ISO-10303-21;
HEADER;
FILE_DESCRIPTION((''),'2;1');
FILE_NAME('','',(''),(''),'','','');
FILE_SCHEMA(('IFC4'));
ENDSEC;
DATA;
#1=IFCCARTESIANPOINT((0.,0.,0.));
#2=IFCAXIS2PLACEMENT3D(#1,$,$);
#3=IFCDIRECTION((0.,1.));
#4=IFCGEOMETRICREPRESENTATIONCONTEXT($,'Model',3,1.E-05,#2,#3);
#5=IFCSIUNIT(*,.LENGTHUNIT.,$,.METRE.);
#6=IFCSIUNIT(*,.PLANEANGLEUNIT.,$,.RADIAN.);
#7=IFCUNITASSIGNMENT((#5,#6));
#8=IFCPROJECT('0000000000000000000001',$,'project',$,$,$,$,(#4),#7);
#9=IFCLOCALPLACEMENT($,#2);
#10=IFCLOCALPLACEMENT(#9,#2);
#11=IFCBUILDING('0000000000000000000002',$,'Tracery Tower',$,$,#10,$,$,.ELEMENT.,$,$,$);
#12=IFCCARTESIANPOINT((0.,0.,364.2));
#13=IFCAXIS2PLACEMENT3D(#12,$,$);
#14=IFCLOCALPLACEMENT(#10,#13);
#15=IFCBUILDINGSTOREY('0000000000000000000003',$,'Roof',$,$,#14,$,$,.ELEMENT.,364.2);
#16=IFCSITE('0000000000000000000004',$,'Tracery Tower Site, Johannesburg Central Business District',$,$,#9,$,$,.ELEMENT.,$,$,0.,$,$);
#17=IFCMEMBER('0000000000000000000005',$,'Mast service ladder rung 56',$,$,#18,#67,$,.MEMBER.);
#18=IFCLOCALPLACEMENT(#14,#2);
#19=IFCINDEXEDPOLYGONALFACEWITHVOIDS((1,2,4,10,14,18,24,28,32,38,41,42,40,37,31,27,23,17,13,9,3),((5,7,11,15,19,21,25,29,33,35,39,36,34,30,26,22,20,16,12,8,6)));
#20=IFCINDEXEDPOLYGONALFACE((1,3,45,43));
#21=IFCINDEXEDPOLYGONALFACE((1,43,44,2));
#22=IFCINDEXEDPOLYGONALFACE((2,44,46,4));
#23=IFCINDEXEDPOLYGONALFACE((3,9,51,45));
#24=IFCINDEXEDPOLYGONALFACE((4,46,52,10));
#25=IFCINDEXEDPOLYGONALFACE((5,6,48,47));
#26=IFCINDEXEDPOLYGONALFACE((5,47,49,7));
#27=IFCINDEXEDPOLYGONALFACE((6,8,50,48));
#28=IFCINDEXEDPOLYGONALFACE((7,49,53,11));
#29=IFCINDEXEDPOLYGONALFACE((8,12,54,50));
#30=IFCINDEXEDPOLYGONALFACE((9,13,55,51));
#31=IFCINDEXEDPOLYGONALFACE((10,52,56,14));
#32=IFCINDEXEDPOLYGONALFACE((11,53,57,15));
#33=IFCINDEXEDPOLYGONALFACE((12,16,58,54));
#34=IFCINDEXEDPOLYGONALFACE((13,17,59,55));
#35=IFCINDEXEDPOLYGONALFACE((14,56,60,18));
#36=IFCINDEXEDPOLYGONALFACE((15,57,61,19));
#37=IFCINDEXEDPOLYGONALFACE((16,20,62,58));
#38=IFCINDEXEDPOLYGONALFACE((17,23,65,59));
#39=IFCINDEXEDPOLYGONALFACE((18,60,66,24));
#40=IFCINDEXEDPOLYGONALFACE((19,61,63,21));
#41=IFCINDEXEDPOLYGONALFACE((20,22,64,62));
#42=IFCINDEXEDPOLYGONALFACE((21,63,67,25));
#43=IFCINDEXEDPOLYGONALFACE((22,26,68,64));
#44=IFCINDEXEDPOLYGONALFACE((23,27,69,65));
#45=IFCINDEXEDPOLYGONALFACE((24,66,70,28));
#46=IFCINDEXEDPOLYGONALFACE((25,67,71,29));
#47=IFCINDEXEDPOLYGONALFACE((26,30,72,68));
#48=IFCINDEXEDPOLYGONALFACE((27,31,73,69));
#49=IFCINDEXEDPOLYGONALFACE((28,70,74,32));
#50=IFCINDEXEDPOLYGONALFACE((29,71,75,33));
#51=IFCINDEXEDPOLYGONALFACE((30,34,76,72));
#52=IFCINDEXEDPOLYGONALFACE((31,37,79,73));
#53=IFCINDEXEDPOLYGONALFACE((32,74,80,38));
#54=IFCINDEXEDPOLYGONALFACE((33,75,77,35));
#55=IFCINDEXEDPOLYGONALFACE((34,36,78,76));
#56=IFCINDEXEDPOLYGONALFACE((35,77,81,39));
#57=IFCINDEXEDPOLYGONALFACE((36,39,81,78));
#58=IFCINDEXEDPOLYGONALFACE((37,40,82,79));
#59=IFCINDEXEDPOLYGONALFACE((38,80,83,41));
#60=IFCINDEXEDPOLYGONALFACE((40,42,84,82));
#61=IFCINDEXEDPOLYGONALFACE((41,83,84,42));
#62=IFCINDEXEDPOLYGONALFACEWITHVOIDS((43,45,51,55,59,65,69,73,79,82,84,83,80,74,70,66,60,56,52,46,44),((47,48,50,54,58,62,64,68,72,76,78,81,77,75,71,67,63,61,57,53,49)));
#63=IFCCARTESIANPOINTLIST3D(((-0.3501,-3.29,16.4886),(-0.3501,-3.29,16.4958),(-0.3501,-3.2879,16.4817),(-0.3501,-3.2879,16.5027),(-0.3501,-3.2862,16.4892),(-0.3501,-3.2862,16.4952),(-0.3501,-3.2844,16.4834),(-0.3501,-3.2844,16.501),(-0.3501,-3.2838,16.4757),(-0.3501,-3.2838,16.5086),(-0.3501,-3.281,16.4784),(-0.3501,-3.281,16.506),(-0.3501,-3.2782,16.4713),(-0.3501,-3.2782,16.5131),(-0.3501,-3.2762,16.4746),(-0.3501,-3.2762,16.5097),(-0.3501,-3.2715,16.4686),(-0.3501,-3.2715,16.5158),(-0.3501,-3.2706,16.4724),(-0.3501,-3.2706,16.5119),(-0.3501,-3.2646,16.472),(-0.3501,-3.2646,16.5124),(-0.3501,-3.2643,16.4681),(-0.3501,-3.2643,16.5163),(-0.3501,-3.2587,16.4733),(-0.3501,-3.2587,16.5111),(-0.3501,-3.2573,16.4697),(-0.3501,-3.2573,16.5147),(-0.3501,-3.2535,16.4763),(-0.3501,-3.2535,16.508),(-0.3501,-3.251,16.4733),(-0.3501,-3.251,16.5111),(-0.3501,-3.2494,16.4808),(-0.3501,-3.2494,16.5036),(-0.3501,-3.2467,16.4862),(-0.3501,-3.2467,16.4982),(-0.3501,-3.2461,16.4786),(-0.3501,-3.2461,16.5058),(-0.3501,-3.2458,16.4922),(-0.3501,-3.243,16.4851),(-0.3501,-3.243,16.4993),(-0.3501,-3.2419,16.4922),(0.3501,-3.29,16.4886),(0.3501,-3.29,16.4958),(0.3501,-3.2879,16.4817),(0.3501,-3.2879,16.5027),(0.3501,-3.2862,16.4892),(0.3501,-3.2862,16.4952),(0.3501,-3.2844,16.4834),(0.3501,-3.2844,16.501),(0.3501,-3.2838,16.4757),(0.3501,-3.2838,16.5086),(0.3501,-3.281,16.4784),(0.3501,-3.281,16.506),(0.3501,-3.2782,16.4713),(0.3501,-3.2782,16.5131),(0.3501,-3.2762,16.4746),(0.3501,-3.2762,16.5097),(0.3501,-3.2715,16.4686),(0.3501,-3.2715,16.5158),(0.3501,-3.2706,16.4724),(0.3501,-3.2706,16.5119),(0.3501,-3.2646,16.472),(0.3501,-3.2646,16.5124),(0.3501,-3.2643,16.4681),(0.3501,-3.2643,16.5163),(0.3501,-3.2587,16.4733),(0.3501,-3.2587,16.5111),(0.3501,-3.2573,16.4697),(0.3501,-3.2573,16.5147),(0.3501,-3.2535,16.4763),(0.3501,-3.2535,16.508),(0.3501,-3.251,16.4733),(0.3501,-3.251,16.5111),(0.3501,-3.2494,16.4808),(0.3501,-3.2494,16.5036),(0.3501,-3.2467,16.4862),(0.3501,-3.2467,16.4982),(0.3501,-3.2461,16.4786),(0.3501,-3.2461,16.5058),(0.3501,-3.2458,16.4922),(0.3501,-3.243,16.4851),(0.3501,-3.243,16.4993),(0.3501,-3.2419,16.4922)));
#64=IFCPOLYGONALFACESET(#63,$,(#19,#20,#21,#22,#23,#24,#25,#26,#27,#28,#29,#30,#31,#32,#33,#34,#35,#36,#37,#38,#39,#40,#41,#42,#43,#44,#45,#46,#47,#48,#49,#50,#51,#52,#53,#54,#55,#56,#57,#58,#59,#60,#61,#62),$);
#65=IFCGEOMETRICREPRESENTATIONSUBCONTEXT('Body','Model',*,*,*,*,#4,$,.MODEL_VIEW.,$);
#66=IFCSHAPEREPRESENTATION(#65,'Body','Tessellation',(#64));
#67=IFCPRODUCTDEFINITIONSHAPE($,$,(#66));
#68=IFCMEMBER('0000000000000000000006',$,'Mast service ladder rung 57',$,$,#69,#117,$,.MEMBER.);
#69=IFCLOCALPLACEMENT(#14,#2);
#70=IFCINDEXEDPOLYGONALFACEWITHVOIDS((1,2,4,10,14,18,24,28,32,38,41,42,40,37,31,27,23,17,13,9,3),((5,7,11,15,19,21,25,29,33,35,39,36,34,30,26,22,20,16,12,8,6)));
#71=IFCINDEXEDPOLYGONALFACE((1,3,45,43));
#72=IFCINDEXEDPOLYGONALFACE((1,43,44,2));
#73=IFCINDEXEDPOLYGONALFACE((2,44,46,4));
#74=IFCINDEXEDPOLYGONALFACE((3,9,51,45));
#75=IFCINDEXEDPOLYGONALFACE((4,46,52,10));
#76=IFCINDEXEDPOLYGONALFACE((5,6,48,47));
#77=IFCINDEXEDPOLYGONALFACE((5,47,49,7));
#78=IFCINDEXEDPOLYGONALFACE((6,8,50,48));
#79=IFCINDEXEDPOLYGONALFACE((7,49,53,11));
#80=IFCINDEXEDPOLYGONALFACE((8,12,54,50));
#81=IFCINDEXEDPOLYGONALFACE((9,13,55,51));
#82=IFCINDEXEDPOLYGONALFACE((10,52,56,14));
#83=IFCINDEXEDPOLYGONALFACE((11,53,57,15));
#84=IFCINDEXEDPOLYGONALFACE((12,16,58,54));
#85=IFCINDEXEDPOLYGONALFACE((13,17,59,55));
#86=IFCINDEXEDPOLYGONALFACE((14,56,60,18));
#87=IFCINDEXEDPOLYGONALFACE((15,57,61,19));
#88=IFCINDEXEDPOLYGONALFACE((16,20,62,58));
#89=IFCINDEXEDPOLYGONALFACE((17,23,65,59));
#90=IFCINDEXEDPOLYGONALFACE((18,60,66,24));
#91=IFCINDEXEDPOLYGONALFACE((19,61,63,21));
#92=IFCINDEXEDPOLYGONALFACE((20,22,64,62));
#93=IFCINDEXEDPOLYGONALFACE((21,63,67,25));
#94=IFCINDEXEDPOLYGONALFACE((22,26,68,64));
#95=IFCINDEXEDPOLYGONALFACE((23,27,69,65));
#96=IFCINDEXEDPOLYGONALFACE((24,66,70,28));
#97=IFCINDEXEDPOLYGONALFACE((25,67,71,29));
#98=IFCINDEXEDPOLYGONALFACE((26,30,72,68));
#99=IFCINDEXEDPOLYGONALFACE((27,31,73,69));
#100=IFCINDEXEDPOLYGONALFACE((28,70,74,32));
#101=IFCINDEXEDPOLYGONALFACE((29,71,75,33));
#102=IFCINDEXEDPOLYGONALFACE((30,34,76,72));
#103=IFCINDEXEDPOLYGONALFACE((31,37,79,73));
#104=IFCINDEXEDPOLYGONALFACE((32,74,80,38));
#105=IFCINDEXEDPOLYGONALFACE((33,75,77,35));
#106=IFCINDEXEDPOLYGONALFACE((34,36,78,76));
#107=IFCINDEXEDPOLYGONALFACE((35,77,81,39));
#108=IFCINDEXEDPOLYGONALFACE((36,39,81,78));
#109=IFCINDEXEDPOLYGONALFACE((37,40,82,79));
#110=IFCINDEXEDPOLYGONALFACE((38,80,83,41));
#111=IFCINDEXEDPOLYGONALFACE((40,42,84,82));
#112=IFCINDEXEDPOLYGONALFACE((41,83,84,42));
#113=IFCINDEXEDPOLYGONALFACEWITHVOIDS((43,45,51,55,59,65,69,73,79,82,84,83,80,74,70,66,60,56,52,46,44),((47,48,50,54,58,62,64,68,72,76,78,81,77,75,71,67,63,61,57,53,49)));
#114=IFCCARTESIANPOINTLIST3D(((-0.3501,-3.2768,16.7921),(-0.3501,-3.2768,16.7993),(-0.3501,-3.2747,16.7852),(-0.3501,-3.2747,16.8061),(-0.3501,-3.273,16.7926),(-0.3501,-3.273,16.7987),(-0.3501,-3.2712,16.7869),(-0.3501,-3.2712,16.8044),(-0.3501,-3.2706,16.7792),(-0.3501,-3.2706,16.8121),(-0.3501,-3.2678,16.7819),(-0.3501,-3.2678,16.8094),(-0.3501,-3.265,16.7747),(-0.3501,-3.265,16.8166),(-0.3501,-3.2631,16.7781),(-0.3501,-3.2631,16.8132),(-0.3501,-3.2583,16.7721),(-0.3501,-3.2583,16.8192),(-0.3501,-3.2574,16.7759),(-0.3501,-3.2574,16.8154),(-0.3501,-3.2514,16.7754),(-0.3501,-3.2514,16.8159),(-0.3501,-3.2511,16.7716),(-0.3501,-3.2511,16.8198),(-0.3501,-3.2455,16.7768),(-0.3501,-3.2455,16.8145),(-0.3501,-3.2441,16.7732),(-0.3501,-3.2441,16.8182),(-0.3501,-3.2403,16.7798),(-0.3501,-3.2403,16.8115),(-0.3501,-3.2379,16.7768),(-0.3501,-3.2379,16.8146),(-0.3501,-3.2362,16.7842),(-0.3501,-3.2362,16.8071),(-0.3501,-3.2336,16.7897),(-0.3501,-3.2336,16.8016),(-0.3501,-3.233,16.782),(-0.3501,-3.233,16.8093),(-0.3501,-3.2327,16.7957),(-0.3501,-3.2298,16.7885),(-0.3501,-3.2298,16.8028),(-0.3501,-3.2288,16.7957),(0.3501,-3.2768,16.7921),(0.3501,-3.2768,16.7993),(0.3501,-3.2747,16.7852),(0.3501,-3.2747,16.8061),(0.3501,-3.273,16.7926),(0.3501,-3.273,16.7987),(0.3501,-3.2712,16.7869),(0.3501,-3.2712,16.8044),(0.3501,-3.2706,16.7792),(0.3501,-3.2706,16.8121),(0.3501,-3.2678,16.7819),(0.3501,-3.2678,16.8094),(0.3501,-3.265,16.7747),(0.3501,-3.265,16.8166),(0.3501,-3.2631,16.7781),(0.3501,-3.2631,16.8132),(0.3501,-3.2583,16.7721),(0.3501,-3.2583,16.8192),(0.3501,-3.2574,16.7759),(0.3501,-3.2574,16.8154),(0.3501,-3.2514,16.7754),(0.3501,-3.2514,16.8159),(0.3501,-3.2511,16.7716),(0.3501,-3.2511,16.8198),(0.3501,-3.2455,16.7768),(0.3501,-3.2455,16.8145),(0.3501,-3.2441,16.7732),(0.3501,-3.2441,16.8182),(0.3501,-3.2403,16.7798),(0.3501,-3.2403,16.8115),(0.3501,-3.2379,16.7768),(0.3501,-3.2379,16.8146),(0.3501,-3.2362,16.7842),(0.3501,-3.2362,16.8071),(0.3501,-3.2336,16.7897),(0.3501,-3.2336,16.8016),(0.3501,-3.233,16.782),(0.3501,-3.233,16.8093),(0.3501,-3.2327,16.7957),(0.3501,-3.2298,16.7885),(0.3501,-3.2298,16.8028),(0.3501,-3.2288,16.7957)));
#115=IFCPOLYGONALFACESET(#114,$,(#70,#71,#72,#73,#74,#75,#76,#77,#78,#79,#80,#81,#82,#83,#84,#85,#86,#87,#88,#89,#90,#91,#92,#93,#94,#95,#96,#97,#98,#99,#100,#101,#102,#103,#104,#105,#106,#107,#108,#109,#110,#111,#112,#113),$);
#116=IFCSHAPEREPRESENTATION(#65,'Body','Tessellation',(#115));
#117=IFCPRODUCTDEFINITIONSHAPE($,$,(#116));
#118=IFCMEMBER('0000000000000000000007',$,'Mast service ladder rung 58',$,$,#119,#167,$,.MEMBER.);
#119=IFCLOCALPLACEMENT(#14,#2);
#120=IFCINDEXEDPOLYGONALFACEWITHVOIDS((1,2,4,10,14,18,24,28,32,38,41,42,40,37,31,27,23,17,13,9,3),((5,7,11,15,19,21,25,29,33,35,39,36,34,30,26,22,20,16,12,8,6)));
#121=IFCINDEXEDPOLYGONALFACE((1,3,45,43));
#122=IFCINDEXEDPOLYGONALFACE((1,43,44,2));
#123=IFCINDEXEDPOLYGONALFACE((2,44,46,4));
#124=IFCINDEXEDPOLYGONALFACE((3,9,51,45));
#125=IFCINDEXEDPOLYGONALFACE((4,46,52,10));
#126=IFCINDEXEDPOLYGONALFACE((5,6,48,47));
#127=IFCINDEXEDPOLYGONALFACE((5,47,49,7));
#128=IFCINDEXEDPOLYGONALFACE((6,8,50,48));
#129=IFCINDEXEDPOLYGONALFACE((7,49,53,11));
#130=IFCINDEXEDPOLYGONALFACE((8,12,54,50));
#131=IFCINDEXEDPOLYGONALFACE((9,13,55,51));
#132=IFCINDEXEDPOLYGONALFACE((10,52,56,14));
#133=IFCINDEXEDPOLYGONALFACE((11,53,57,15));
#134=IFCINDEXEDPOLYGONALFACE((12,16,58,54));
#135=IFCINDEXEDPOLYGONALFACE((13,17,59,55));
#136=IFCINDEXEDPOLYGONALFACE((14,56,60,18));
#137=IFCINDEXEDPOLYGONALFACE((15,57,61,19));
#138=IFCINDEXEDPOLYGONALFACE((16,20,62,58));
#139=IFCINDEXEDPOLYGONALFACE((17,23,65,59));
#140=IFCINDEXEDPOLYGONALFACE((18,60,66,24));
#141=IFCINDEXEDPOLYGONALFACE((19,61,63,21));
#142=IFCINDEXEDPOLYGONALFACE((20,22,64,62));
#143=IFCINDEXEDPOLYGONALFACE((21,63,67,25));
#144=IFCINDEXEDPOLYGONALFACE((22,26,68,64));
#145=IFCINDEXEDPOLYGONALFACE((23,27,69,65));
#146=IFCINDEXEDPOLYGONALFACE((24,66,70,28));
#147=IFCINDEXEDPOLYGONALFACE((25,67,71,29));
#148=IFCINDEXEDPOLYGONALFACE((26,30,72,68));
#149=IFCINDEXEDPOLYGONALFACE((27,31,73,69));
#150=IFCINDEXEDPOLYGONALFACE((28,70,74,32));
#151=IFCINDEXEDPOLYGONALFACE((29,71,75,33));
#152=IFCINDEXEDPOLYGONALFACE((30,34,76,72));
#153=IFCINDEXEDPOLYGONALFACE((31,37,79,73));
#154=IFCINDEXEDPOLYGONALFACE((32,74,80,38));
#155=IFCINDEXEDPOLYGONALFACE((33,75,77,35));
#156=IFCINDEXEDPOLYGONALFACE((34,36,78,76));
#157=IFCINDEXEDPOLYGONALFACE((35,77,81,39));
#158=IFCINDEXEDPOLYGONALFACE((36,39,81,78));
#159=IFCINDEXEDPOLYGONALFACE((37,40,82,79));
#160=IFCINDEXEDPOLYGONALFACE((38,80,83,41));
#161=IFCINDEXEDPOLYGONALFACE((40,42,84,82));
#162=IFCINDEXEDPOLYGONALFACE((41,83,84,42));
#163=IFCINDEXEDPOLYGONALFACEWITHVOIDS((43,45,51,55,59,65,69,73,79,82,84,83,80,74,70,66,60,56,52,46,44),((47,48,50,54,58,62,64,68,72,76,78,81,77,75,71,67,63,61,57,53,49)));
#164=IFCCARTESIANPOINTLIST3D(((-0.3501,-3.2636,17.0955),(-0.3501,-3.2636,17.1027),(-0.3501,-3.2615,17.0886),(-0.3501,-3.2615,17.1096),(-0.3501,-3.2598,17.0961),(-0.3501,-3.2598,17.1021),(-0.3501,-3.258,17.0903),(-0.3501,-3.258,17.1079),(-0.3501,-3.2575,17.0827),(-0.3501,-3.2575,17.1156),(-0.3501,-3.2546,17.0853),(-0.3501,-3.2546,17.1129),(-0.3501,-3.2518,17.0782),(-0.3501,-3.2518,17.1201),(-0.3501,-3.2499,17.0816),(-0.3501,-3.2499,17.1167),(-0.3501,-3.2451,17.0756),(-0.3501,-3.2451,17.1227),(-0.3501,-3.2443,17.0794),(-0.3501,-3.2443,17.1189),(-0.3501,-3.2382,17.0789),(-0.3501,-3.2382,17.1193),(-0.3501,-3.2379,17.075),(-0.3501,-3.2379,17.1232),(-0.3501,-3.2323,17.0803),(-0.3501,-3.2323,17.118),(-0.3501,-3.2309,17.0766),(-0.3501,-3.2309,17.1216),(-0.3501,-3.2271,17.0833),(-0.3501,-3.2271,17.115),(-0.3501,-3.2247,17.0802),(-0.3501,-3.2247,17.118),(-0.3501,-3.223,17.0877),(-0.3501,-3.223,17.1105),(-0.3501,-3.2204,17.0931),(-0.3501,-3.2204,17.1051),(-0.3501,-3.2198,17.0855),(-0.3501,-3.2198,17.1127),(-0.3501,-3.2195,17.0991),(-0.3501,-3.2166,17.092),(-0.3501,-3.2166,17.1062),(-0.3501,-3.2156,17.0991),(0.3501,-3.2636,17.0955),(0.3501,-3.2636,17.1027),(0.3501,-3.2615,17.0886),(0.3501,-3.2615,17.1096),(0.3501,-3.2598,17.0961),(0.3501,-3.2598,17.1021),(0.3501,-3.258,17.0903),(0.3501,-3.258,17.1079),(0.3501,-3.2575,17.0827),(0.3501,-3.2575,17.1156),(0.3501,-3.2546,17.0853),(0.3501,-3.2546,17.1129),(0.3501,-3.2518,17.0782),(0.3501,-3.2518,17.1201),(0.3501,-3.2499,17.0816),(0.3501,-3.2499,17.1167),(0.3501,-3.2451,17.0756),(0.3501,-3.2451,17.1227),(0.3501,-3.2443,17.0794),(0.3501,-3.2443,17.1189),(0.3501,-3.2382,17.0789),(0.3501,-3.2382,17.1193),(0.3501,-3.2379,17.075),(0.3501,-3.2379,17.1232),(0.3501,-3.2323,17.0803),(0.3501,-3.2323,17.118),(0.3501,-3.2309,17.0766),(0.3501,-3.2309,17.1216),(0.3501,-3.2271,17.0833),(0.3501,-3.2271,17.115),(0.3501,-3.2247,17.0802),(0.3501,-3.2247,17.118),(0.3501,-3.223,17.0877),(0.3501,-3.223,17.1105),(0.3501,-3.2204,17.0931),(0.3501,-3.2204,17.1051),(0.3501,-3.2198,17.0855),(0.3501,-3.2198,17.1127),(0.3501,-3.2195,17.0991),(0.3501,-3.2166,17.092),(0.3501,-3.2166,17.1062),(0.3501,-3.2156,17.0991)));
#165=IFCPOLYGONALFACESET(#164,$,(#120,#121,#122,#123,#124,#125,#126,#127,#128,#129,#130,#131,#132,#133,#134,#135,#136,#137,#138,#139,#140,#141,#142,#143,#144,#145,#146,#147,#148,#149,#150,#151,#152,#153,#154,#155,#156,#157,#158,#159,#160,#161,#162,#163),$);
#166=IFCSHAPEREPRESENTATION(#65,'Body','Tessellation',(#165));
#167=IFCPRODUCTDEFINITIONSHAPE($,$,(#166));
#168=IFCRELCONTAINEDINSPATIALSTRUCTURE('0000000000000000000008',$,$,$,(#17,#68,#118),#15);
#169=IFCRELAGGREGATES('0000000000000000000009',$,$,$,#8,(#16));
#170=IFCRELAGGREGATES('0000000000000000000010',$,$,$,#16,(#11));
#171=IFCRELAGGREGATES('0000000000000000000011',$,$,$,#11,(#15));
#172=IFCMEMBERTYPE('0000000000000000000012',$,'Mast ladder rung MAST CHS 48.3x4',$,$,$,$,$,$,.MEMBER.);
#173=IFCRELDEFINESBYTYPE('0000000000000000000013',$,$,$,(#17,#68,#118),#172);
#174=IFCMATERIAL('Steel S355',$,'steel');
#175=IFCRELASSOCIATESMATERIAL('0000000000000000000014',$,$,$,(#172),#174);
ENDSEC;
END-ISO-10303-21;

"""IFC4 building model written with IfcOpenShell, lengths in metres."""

from ifc_helpers import new_model, si_unit, direction, frame, origin, origin_2d, place, context, subcontext, project, spatial, hollow_circle, extrude, material, material_profile, profile_set, type_object, element, save


model = new_model("IFC4")

# Units and contexts
model_context = context("Model", 3, precision=1e-05, world=origin(), true_north=direction((0.0, 1.0)))
body_context = subcontext(model_context, "Body", "Model", "MODEL_VIEW")
ifc_project = project(units=[si_unit("LENGTHUNIT", "METRE"), si_unit("PLANEANGLEUNIT", "RADIAN")], contexts=[model_context])

# Site, building, storey
site_placement = place(None, origin())
site = spatial("IfcSite", under=ifc_project, at=site_placement, Name="Tracery Tower Site, Johannesburg Central Business District", CompositionType="ELEMENT", RefElevation=0.0)
building_placement = place(site_placement, origin())
building = spatial("IfcBuilding", under=site, at=building_placement, Name="Tracery Tower", CompositionType="ELEMENT")
storey_placement = place(building_placement, frame((0.0, 0.0, 364.2)))
storey = spatial("IfcBuildingStorey", under=building, at=storey_placement, Name="Roof", CompositionType="ELEMENT", Elevation=364.2)

# Members
ifc_material_1 = material(Name="Steel S355", Category="steel")
ifc_material_profile_1 = material_profile(ifc_material_1, hollow_circle(Radius=0.0242, WallThickness=0.0039, at=origin_2d()), Name="CHS 48.3x4")
ifc_profile_set_1 = profile_set([ifc_material_profile_1], Name="Steel S355")
member_type_1 = type_object("IfcMemberType", Name="Mast ladder rung MAST CHS 48.3x4", PredefinedType="MEMBER", material=ifc_profile_set_1)
for number, where, z_axis, x_axis, name in (
    (1, (-0.3501, -3.2661, 16.4922), (1.0, 0.0, 0.0), (0.0, 1.0, 0.0), "Mast service ladder rung 56"),
    (2, (-0.3501, -3.2529, 16.7957), (1.0, 0.0, 0.0), (0.0, 1.0, 0.0), "Mast service ladder rung 57"),
    (3, (-0.3501, -3.2397, 17.0991), (1.0, 0.0, 0.0), (0.0, 1.0, 0.0), "Mast service ladder rung 58"),
):
    element("IfcMember", number, at=place(storey_placement, frame(where, z_axis=z_axis, x_axis=x_axis)), inside=storey, type_object=member_type_1, Name=name, PredefinedType="MEMBER", context=body_context, shape_type="SweptSolid", body=[
        extrude(hollow_circle(Radius=0.0242, WallThickness=0.0039, at=origin_2d()), origin(), (0.0, 0.0, 1.0), 0.7002),
    ])

save(model, "model.ifc")
